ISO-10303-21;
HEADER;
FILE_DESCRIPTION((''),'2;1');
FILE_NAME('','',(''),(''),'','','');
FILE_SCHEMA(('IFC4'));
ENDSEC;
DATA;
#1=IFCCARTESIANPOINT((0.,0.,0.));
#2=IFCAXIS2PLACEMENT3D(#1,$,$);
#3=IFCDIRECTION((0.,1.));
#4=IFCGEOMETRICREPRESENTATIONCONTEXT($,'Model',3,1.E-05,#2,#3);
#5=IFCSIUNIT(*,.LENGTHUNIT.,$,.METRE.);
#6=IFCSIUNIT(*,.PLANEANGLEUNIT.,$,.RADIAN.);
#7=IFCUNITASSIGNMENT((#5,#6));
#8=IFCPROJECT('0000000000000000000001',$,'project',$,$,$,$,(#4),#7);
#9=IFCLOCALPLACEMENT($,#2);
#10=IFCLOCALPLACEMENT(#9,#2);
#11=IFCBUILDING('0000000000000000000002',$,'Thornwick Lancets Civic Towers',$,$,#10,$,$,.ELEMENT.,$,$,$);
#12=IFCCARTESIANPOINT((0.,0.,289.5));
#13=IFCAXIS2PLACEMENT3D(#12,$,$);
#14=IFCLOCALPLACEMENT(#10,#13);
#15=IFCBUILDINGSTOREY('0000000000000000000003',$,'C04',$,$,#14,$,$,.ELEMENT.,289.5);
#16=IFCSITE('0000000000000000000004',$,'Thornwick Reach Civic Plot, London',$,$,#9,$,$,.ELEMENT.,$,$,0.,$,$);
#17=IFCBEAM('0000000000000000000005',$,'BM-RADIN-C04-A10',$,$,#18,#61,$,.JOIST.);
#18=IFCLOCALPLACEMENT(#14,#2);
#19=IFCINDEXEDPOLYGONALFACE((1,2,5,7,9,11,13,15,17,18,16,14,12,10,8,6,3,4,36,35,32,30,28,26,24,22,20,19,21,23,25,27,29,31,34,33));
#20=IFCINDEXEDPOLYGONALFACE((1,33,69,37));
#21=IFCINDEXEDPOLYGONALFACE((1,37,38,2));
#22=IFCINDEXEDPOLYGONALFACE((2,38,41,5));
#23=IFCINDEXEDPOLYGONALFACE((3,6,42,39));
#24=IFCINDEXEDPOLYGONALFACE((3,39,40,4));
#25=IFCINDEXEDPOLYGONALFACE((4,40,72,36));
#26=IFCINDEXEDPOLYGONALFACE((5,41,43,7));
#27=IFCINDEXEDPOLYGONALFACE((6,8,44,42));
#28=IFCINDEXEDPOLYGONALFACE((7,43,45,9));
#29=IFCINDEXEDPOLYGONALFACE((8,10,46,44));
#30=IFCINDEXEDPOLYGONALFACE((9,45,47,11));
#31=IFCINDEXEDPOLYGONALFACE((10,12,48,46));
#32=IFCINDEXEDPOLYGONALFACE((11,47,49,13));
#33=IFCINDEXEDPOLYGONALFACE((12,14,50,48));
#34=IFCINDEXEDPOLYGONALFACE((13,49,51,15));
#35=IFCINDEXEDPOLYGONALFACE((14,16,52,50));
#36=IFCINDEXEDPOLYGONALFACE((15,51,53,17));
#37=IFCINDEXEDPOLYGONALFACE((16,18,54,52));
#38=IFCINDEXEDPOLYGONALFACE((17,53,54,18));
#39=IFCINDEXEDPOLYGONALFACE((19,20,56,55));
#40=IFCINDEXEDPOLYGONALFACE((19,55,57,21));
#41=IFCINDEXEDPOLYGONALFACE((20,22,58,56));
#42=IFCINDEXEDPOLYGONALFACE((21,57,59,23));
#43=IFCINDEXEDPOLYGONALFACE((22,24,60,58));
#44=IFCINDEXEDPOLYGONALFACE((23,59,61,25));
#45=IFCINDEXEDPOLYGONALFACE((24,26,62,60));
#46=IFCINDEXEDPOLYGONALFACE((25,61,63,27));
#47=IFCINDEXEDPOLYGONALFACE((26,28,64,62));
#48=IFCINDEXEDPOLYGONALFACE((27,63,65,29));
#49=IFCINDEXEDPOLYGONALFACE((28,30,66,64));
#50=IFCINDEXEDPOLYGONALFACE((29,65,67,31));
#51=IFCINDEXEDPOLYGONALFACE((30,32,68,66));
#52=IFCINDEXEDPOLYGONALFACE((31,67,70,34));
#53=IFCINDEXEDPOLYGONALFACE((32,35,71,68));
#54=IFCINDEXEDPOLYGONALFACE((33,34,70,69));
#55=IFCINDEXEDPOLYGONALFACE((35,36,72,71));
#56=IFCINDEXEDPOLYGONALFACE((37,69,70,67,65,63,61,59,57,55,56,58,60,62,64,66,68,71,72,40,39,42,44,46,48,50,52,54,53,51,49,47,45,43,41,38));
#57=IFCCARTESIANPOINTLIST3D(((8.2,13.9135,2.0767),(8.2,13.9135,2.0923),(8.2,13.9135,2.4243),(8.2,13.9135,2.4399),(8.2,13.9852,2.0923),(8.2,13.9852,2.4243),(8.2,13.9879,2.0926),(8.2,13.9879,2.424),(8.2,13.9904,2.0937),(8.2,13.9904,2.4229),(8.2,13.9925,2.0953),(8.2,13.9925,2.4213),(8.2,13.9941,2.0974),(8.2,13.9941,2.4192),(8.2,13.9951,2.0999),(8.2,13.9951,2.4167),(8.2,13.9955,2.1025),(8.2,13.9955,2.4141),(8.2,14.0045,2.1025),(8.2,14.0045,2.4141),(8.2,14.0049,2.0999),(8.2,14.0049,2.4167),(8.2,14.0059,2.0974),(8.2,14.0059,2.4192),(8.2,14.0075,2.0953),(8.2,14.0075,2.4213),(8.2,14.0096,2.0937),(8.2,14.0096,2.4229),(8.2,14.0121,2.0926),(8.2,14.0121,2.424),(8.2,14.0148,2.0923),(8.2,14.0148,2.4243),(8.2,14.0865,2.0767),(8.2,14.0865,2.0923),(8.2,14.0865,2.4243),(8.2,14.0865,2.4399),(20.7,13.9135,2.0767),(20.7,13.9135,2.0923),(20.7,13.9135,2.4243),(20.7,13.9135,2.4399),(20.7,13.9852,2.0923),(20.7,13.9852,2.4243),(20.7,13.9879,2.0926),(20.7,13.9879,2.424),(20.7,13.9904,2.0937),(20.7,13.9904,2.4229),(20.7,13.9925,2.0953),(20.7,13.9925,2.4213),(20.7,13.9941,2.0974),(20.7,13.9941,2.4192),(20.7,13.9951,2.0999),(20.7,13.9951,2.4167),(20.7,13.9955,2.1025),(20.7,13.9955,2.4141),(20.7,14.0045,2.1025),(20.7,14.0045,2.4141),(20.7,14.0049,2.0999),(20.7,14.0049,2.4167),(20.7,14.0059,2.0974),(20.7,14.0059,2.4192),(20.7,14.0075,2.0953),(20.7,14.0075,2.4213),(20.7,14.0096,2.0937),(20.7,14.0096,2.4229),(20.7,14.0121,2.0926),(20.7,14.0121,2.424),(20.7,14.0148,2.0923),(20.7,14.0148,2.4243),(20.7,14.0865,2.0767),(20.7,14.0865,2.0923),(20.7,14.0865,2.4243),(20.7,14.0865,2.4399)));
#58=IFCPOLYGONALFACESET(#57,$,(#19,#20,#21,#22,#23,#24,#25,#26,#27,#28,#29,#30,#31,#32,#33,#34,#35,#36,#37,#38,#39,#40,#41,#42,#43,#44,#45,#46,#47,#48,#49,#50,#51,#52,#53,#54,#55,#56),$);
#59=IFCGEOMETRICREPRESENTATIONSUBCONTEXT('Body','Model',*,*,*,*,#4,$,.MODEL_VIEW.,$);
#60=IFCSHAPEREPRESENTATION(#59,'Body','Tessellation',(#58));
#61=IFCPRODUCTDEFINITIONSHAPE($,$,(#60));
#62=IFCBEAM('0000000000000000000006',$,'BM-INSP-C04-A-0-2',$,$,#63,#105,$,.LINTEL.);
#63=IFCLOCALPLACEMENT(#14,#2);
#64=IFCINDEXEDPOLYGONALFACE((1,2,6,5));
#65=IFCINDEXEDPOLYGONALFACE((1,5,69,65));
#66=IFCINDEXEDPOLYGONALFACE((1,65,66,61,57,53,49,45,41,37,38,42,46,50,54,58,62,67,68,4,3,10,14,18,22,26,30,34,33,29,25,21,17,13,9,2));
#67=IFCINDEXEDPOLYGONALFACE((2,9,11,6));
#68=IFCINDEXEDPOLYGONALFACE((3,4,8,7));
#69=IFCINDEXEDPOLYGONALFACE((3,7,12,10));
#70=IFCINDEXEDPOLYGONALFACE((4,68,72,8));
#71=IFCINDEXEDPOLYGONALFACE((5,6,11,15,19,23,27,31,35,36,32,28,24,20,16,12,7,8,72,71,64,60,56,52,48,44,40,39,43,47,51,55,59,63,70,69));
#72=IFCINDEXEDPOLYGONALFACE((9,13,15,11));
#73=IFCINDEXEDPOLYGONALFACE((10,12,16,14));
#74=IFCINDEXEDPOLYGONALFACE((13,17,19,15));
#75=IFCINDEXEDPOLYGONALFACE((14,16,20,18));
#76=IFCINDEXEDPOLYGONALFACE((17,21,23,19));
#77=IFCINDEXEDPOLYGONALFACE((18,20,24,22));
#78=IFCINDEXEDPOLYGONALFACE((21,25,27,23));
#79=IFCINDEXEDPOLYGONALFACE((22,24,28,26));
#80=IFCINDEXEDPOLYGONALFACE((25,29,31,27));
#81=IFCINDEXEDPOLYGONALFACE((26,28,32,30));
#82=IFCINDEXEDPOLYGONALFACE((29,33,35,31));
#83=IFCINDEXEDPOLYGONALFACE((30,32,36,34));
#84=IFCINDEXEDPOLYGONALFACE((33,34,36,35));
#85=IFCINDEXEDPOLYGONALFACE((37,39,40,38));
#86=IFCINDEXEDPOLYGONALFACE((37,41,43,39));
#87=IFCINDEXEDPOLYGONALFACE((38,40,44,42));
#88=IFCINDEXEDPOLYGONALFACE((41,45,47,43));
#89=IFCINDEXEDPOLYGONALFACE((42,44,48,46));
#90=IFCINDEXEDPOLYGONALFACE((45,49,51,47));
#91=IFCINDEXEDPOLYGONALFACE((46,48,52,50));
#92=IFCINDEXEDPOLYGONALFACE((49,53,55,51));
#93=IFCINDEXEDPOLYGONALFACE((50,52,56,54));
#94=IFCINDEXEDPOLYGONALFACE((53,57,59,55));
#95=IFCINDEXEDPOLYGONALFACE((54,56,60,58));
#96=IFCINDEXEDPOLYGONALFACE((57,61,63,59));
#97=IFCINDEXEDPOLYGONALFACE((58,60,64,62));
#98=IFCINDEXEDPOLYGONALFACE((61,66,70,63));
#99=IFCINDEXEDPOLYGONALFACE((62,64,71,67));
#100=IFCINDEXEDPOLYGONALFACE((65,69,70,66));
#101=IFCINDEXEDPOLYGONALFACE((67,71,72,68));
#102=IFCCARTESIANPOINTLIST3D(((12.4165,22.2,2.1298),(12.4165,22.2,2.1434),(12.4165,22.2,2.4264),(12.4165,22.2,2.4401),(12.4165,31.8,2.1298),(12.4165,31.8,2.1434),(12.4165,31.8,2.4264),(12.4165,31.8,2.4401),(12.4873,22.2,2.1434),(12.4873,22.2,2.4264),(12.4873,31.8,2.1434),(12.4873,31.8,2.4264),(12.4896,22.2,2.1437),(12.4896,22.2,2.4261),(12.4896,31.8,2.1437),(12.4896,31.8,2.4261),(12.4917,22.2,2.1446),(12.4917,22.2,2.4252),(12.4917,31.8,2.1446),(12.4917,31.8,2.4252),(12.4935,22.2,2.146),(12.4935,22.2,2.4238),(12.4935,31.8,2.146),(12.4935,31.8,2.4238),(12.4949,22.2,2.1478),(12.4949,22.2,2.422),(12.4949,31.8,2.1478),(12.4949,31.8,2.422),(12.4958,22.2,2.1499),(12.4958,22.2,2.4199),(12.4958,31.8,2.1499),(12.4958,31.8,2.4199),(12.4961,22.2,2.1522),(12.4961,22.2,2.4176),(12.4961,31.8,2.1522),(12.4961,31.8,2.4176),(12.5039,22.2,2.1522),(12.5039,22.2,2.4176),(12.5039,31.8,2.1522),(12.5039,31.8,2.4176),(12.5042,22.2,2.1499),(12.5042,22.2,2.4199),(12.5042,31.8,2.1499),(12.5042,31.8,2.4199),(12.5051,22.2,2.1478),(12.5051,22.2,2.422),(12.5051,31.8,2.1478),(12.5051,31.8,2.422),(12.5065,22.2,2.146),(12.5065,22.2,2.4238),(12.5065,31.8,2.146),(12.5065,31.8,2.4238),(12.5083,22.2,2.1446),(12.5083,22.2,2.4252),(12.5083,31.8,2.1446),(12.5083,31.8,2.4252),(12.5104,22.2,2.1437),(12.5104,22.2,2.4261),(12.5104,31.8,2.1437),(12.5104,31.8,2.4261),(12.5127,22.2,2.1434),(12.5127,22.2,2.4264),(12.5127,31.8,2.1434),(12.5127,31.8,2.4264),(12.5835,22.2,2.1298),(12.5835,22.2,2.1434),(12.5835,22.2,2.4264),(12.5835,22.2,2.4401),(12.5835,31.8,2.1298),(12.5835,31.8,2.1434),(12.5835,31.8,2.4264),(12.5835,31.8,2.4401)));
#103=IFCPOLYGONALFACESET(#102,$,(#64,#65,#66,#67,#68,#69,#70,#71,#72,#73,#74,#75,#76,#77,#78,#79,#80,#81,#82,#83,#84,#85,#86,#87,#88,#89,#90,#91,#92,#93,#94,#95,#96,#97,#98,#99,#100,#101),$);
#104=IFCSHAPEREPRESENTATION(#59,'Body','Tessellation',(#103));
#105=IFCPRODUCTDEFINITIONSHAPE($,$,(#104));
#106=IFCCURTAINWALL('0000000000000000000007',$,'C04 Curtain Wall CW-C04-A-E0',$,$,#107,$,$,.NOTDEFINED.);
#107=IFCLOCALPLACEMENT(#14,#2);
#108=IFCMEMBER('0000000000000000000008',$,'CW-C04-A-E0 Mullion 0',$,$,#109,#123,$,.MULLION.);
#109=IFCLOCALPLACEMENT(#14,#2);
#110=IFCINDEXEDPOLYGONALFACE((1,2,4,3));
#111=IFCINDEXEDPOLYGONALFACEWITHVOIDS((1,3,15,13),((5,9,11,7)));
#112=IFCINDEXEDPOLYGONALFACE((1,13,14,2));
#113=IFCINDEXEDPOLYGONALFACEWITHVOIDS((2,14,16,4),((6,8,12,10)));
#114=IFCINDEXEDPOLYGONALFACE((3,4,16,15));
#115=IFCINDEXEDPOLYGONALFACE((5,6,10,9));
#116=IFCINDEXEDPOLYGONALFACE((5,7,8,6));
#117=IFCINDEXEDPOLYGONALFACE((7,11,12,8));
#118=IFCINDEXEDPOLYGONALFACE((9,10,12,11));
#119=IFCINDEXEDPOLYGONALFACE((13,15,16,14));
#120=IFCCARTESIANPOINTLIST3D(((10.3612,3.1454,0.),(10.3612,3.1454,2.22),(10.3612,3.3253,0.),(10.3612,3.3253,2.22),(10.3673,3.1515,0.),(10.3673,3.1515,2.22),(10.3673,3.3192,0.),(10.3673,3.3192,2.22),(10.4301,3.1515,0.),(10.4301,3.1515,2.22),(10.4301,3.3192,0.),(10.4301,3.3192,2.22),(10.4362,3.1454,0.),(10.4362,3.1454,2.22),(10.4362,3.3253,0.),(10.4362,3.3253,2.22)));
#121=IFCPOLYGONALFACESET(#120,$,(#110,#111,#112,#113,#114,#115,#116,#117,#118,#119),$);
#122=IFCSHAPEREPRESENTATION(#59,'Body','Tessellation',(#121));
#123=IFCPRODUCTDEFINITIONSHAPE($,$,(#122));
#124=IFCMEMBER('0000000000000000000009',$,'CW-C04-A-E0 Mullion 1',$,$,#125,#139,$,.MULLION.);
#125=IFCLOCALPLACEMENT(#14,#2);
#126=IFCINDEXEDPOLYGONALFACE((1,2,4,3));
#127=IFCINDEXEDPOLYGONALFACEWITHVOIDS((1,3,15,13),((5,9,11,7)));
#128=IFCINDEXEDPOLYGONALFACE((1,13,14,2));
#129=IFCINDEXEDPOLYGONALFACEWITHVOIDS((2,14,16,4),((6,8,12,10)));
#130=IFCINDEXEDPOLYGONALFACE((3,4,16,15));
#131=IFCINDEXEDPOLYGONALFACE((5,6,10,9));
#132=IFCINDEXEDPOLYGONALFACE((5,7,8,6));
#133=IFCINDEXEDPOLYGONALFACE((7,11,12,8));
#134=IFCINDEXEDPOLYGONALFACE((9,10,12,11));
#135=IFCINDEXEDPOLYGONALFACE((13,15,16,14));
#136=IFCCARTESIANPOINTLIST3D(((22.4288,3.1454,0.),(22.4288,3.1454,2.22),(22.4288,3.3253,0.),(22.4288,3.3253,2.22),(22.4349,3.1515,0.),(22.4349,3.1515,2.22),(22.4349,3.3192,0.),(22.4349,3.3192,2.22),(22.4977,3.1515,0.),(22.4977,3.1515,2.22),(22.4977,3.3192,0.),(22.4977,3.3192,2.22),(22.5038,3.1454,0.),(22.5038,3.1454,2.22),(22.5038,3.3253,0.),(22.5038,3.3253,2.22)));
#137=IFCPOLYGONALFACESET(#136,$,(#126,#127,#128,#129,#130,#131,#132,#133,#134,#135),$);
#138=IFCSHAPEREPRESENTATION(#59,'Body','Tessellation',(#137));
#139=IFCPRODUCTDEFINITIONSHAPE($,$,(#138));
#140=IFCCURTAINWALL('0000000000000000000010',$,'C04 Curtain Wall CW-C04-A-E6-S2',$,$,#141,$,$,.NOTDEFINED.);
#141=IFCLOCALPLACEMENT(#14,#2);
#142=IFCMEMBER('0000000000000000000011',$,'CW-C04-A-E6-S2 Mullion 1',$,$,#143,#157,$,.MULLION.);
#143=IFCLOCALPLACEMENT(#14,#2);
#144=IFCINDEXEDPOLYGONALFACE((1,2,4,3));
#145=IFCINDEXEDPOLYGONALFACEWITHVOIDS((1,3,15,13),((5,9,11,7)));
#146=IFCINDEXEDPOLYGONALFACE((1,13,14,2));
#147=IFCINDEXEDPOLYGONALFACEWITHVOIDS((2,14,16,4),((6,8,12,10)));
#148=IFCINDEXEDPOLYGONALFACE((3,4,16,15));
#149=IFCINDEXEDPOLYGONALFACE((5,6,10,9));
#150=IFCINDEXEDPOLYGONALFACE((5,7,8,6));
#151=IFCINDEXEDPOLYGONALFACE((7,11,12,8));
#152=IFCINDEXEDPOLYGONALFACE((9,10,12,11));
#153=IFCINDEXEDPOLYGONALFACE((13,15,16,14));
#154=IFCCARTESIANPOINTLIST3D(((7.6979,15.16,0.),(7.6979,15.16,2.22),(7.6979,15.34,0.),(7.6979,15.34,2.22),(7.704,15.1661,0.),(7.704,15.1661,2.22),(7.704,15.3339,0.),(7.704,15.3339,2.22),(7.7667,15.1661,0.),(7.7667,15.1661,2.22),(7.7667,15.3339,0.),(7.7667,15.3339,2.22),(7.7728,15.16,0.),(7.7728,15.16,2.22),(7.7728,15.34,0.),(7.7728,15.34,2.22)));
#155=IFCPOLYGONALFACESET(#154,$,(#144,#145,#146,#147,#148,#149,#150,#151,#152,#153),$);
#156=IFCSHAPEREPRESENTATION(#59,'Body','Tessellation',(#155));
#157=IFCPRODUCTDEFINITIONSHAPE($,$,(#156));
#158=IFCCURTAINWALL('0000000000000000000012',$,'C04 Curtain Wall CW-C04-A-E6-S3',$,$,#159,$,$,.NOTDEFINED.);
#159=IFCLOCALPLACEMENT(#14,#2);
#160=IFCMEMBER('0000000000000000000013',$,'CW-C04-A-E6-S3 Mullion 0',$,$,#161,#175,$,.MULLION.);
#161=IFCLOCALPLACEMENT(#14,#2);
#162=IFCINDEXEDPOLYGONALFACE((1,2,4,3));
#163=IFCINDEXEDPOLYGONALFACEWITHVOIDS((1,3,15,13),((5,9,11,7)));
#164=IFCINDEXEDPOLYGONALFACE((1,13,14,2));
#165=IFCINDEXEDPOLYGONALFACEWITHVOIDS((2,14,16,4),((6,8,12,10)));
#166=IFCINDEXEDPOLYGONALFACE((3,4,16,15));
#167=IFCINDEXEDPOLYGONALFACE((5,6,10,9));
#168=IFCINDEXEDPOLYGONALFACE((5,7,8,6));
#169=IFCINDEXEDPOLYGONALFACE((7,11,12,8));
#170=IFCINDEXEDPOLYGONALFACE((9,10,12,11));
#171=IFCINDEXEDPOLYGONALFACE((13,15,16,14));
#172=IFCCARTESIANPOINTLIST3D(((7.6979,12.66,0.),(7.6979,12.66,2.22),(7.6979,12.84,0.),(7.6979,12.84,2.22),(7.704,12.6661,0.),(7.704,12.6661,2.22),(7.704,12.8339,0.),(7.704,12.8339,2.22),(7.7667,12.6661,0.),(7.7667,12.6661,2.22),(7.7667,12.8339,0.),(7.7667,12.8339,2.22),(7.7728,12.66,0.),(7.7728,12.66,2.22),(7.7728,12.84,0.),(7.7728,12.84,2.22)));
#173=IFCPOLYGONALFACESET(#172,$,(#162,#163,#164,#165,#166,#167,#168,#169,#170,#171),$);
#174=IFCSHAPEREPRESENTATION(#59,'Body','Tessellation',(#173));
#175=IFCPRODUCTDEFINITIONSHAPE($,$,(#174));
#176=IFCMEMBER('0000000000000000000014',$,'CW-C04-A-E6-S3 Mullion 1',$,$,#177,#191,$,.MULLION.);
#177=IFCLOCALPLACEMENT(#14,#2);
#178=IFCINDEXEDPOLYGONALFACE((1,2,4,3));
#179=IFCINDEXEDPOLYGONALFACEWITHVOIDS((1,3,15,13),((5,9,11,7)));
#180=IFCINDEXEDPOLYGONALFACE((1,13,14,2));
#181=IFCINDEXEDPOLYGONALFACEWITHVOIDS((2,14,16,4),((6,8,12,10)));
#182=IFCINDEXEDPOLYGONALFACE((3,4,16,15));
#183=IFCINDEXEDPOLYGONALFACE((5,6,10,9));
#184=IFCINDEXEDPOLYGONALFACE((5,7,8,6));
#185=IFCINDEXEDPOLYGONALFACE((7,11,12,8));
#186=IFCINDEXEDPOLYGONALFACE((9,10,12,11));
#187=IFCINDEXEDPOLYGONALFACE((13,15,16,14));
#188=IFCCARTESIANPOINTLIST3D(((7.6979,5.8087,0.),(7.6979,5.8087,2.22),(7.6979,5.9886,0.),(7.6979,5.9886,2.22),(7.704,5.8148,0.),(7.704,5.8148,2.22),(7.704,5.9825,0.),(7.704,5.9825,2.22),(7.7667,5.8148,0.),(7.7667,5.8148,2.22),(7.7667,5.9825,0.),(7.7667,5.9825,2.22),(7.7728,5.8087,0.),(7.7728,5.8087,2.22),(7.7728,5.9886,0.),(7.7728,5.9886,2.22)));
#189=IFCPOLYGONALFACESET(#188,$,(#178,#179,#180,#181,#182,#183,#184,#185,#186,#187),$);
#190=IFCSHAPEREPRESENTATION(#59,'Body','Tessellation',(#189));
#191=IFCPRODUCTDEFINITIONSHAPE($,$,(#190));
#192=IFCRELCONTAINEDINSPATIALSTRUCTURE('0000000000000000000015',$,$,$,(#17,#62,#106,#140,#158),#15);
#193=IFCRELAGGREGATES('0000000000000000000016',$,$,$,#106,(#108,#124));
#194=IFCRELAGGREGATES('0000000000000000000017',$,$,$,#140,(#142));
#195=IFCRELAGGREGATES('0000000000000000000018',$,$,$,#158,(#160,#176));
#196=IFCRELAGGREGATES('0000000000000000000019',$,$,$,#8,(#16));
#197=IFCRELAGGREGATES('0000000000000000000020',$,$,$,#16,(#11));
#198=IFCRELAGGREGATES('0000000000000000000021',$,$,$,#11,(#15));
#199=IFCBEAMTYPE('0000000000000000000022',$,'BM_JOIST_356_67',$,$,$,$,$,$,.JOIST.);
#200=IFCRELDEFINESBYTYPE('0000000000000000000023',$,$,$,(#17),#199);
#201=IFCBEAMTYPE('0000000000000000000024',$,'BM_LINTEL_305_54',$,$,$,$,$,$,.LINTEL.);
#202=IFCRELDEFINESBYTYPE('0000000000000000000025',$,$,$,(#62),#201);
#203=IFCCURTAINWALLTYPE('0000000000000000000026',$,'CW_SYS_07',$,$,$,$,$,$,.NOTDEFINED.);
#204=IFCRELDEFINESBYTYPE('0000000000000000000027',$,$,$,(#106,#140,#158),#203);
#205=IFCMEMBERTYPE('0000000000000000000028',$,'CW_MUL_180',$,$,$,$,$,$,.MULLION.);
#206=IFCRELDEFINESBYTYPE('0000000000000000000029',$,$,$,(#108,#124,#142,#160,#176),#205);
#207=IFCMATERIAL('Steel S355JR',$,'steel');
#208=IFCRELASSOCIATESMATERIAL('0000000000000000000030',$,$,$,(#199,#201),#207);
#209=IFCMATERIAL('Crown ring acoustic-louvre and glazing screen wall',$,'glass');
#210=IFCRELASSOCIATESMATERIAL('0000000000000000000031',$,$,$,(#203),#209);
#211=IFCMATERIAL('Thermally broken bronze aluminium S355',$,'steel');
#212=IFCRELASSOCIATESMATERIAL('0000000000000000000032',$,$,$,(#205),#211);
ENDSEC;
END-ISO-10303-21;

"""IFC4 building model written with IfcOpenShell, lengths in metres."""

from ifc_helpers import new_model, si_unit, direction, frame, origin, origin_2d, place, context, subcontext, project, spatial, hollow_rectangle, i_section, extrude, material, material_profile, profile_set, type_object, element, aggregate, save


model = new_model("IFC4")

# Units and contexts
model_context = context("Model", 3, precision=1e-05, world=origin(), true_north=direction((0.0, 1.0)))
body_context = subcontext(model_context, "Body", "Model", "MODEL_VIEW")
ifc_project = project(units=[si_unit("LENGTHUNIT", "METRE"), si_unit("PLANEANGLEUNIT", "RADIAN")], contexts=[model_context])

# Site, building, storey
site_placement = place(None, origin())
site = spatial("IfcSite", under=ifc_project, at=site_placement, Name="Thornwick Reach Civic Plot, London", CompositionType="ELEMENT", RefElevation=0.0)
building_placement = place(site_placement, origin())
building = spatial("IfcBuilding", under=site, at=building_placement, Name="Thornwick Lancets Civic Towers", CompositionType="ELEMENT")
storey_placement = place(building_placement, frame((0.0, 0.0, 289.5)))
storey = spatial("IfcBuildingStorey", under=building, at=storey_placement, Name="C04", CompositionType="ELEMENT", Elevation=289.5)

# Shared definitions
ifc_material_1 = material(Name="Steel S355JR", Category="steel")

# Beams
ifc_material_profile_1 = material_profile(ifc_material_1, i_section(OverallWidth=0.1731, OverallDepth=0.3633, WebThickness=0.009, FlangeThickness=0.0156, FilletRadius=0.0103, at=origin_2d()), Name="UKB 356x171x67")
ifc_profile_set_1 = profile_set([ifc_material_profile_1], Name="Steel S355JR")
beam_type_1 = type_object("IfcBeamType", Name="BM_JOIST_356_67", PredefinedType="JOIST", material=ifc_profile_set_1)
beam_1_placement = place(storey_placement, frame((20.7, 14.0, 2.2583), z_axis=(-1.0, 0.0, 0.0), x_axis=(0.0, -1.0, 0.0)))
element("IfcBeam", 1, at=beam_1_placement, inside=storey, type_object=beam_type_1, Name="BM-RADIN-C04-A10", PredefinedType="JOIST", context=body_context, shape_type="SweptSolid", body=[
    extrude(i_section(OverallWidth=0.1731, OverallDepth=0.3633, WebThickness=0.009, FlangeThickness=0.0156, FilletRadius=0.0103, at=origin_2d()), origin(), (0.0, 0.0, 1.0), 12.5),
])
ifc_material_profile_2 = material_profile(ifc_material_1, i_section(OverallWidth=0.167, OverallDepth=0.3103, WebThickness=0.0078, FlangeThickness=0.0137, FilletRadius=0.0088, at=origin_2d()), Name="UKB 305x165x54")
ifc_profile_set_2 = profile_set([ifc_material_profile_2], Name="Steel S355JR")
beam_type_2 = type_object("IfcBeamType", Name="BM_LINTEL_305_54", PredefinedType="LINTEL", material=ifc_profile_set_2)
beam_2_placement = place(storey_placement, frame((12.5, 22.2, 2.2849), z_axis=(0.0, 1.0, 0.0), x_axis=(-1.0, 0.0, 0.0)))
element("IfcBeam", 2, at=beam_2_placement, inside=storey, type_object=beam_type_2, Name="BM-INSP-C04-A-0-2", PredefinedType="LINTEL", context=body_context, shape_type="SweptSolid", body=[
    extrude(i_section(OverallWidth=0.167, OverallDepth=0.3103, WebThickness=0.0078, FlangeThickness=0.0137, FilletRadius=0.0088, at=origin_2d()), origin(), (0.0, 0.0, 1.0), 9.6001),
])

# Curtain wall, members
ifc_material_2 = material(Name="Crown ring acoustic-louvre and glazing screen wall", Category="glass")
curtain_wall_type = type_object("IfcCurtainWallType", Name="CW_SYS_07", PredefinedType="NOTDEFINED", material=ifc_material_2)
curtain_wall_1_placement = place(storey_placement, origin())
curtain_wall_1 = element("IfcCurtainWall", 3, at=curtain_wall_1_placement, inside=storey, type_object=curtain_wall_type, Name="C04 Curtain Wall CW-C04-A-E0", PredefinedType="NOTDEFINED")
ifc_material_3 = material(Name="Thermally broken bronze aluminium S355", Category="steel")
ifc_material_profile_3 = material_profile(ifc_material_3, hollow_rectangle(XDim=0.075, YDim=0.1799, WallThickness=0.0061, at=origin_2d()), Name="RHS 180x75x6")
ifc_profile_set_3 = profile_set([ifc_material_profile_3], Name="Thermally broken bronze aluminium S355")
member_type_1 = type_object("IfcMemberType", Name="CW_MUL_180", PredefinedType="MULLION", material=ifc_profile_set_3)
member_1_placement = place(storey_placement, frame((10.3987, 3.2354, 0.0), z_axis=(0.0, 0.0, 1.0), x_axis=(1.0, 0.0, 0.0)))
member_1 = element("IfcMember", 4, at=member_1_placement, type_object=member_type_1, Name="CW-C04-A-E0 Mullion 0", PredefinedType="MULLION", context=body_context, shape_type="SweptSolid", body=[
    extrude(hollow_rectangle(XDim=0.075, YDim=0.1799, WallThickness=0.0061, at=origin_2d()), origin(), (0.0, 0.0, 1.0), 2.22),
])
member_2_placement = place(storey_placement, frame((22.4663, 3.2354, 0.0), z_axis=(0.0, 0.0, 1.0), x_axis=(1.0, 0.0, 0.0)))
member_2 = element("IfcMember", 5, at=member_2_placement, type_object=member_type_1, Name="CW-C04-A-E0 Mullion 1", PredefinedType="MULLION", context=body_context, shape_type="SweptSolid", body=[
    extrude(hollow_rectangle(XDim=0.075, YDim=0.1799, WallThickness=0.0061, at=origin_2d()), origin(), (0.0, 0.0, 1.0), 2.22),
])

# Curtain wall, member
curtain_wall_2_placement = place(storey_placement, origin())
curtain_wall_2 = element("IfcCurtainWall", 6, at=curtain_wall_2_placement, inside=storey, type_object=curtain_wall_type, Name="C04 Curtain Wall CW-C04-A-E6-S2", PredefinedType="NOTDEFINED")
member_3_placement = place(storey_placement, frame((7.7354, 15.25, 0.0), z_axis=(0.0, 0.0, 1.0), x_axis=(1.0, 0.0, 0.0)))
member_3 = element("IfcMember", 7, at=member_3_placement, type_object=member_type_1, Name="CW-C04-A-E6-S2 Mullion 1", PredefinedType="MULLION", context=body_context, shape_type="SweptSolid", body=[
    extrude(hollow_rectangle(XDim=0.075, YDim=0.1799, WallThickness=0.0061, at=origin_2d()), origin(), (0.0, 0.0, 1.0), 2.22),
])

# Curtain wall, members
curtain_wall_3_placement = place(storey_placement, origin())
curtain_wall_3 = element("IfcCurtainWall", 8, at=curtain_wall_3_placement, inside=storey, type_object=curtain_wall_type, Name="C04 Curtain Wall CW-C04-A-E6-S3", PredefinedType="NOTDEFINED")
member_4_placement = place(storey_placement, frame((7.7354, 12.75, 0.0), z_axis=(0.0, 0.0, 1.0), x_axis=(1.0, 0.0, 0.0)))
member_4 = element("IfcMember", 9, at=member_4_placement, type_object=member_type_1, Name="CW-C04-A-E6-S3 Mullion 0", PredefinedType="MULLION", context=body_context, shape_type="SweptSolid", body=[
    extrude(hollow_rectangle(XDim=0.075, YDim=0.1799, WallThickness=0.0061, at=origin_2d()), origin(), (0.0, 0.0, 1.0), 2.22),
])
member_5_placement = place(storey_placement, frame((7.7354, 5.8987, 0.0), z_axis=(0.0, 0.0, 1.0), x_axis=(1.0, 0.0, 0.0)))
member_5 = element("IfcMember", 10, at=member_5_placement, type_object=member_type_1, Name="CW-C04-A-E6-S3 Mullion 1", PredefinedType="MULLION", context=body_context, shape_type="SweptSolid", body=[
    extrude(hollow_rectangle(XDim=0.075, YDim=0.1799, WallThickness=0.0061, at=origin_2d()), origin(), (0.0, 0.0, 1.0), 2.22),
])

aggregate(curtain_wall_1, [member_1, member_2])
aggregate(curtain_wall_2, [member_3])
aggregate(curtain_wall_3, [member_4, member_5])

save(model, "model.ifc")
